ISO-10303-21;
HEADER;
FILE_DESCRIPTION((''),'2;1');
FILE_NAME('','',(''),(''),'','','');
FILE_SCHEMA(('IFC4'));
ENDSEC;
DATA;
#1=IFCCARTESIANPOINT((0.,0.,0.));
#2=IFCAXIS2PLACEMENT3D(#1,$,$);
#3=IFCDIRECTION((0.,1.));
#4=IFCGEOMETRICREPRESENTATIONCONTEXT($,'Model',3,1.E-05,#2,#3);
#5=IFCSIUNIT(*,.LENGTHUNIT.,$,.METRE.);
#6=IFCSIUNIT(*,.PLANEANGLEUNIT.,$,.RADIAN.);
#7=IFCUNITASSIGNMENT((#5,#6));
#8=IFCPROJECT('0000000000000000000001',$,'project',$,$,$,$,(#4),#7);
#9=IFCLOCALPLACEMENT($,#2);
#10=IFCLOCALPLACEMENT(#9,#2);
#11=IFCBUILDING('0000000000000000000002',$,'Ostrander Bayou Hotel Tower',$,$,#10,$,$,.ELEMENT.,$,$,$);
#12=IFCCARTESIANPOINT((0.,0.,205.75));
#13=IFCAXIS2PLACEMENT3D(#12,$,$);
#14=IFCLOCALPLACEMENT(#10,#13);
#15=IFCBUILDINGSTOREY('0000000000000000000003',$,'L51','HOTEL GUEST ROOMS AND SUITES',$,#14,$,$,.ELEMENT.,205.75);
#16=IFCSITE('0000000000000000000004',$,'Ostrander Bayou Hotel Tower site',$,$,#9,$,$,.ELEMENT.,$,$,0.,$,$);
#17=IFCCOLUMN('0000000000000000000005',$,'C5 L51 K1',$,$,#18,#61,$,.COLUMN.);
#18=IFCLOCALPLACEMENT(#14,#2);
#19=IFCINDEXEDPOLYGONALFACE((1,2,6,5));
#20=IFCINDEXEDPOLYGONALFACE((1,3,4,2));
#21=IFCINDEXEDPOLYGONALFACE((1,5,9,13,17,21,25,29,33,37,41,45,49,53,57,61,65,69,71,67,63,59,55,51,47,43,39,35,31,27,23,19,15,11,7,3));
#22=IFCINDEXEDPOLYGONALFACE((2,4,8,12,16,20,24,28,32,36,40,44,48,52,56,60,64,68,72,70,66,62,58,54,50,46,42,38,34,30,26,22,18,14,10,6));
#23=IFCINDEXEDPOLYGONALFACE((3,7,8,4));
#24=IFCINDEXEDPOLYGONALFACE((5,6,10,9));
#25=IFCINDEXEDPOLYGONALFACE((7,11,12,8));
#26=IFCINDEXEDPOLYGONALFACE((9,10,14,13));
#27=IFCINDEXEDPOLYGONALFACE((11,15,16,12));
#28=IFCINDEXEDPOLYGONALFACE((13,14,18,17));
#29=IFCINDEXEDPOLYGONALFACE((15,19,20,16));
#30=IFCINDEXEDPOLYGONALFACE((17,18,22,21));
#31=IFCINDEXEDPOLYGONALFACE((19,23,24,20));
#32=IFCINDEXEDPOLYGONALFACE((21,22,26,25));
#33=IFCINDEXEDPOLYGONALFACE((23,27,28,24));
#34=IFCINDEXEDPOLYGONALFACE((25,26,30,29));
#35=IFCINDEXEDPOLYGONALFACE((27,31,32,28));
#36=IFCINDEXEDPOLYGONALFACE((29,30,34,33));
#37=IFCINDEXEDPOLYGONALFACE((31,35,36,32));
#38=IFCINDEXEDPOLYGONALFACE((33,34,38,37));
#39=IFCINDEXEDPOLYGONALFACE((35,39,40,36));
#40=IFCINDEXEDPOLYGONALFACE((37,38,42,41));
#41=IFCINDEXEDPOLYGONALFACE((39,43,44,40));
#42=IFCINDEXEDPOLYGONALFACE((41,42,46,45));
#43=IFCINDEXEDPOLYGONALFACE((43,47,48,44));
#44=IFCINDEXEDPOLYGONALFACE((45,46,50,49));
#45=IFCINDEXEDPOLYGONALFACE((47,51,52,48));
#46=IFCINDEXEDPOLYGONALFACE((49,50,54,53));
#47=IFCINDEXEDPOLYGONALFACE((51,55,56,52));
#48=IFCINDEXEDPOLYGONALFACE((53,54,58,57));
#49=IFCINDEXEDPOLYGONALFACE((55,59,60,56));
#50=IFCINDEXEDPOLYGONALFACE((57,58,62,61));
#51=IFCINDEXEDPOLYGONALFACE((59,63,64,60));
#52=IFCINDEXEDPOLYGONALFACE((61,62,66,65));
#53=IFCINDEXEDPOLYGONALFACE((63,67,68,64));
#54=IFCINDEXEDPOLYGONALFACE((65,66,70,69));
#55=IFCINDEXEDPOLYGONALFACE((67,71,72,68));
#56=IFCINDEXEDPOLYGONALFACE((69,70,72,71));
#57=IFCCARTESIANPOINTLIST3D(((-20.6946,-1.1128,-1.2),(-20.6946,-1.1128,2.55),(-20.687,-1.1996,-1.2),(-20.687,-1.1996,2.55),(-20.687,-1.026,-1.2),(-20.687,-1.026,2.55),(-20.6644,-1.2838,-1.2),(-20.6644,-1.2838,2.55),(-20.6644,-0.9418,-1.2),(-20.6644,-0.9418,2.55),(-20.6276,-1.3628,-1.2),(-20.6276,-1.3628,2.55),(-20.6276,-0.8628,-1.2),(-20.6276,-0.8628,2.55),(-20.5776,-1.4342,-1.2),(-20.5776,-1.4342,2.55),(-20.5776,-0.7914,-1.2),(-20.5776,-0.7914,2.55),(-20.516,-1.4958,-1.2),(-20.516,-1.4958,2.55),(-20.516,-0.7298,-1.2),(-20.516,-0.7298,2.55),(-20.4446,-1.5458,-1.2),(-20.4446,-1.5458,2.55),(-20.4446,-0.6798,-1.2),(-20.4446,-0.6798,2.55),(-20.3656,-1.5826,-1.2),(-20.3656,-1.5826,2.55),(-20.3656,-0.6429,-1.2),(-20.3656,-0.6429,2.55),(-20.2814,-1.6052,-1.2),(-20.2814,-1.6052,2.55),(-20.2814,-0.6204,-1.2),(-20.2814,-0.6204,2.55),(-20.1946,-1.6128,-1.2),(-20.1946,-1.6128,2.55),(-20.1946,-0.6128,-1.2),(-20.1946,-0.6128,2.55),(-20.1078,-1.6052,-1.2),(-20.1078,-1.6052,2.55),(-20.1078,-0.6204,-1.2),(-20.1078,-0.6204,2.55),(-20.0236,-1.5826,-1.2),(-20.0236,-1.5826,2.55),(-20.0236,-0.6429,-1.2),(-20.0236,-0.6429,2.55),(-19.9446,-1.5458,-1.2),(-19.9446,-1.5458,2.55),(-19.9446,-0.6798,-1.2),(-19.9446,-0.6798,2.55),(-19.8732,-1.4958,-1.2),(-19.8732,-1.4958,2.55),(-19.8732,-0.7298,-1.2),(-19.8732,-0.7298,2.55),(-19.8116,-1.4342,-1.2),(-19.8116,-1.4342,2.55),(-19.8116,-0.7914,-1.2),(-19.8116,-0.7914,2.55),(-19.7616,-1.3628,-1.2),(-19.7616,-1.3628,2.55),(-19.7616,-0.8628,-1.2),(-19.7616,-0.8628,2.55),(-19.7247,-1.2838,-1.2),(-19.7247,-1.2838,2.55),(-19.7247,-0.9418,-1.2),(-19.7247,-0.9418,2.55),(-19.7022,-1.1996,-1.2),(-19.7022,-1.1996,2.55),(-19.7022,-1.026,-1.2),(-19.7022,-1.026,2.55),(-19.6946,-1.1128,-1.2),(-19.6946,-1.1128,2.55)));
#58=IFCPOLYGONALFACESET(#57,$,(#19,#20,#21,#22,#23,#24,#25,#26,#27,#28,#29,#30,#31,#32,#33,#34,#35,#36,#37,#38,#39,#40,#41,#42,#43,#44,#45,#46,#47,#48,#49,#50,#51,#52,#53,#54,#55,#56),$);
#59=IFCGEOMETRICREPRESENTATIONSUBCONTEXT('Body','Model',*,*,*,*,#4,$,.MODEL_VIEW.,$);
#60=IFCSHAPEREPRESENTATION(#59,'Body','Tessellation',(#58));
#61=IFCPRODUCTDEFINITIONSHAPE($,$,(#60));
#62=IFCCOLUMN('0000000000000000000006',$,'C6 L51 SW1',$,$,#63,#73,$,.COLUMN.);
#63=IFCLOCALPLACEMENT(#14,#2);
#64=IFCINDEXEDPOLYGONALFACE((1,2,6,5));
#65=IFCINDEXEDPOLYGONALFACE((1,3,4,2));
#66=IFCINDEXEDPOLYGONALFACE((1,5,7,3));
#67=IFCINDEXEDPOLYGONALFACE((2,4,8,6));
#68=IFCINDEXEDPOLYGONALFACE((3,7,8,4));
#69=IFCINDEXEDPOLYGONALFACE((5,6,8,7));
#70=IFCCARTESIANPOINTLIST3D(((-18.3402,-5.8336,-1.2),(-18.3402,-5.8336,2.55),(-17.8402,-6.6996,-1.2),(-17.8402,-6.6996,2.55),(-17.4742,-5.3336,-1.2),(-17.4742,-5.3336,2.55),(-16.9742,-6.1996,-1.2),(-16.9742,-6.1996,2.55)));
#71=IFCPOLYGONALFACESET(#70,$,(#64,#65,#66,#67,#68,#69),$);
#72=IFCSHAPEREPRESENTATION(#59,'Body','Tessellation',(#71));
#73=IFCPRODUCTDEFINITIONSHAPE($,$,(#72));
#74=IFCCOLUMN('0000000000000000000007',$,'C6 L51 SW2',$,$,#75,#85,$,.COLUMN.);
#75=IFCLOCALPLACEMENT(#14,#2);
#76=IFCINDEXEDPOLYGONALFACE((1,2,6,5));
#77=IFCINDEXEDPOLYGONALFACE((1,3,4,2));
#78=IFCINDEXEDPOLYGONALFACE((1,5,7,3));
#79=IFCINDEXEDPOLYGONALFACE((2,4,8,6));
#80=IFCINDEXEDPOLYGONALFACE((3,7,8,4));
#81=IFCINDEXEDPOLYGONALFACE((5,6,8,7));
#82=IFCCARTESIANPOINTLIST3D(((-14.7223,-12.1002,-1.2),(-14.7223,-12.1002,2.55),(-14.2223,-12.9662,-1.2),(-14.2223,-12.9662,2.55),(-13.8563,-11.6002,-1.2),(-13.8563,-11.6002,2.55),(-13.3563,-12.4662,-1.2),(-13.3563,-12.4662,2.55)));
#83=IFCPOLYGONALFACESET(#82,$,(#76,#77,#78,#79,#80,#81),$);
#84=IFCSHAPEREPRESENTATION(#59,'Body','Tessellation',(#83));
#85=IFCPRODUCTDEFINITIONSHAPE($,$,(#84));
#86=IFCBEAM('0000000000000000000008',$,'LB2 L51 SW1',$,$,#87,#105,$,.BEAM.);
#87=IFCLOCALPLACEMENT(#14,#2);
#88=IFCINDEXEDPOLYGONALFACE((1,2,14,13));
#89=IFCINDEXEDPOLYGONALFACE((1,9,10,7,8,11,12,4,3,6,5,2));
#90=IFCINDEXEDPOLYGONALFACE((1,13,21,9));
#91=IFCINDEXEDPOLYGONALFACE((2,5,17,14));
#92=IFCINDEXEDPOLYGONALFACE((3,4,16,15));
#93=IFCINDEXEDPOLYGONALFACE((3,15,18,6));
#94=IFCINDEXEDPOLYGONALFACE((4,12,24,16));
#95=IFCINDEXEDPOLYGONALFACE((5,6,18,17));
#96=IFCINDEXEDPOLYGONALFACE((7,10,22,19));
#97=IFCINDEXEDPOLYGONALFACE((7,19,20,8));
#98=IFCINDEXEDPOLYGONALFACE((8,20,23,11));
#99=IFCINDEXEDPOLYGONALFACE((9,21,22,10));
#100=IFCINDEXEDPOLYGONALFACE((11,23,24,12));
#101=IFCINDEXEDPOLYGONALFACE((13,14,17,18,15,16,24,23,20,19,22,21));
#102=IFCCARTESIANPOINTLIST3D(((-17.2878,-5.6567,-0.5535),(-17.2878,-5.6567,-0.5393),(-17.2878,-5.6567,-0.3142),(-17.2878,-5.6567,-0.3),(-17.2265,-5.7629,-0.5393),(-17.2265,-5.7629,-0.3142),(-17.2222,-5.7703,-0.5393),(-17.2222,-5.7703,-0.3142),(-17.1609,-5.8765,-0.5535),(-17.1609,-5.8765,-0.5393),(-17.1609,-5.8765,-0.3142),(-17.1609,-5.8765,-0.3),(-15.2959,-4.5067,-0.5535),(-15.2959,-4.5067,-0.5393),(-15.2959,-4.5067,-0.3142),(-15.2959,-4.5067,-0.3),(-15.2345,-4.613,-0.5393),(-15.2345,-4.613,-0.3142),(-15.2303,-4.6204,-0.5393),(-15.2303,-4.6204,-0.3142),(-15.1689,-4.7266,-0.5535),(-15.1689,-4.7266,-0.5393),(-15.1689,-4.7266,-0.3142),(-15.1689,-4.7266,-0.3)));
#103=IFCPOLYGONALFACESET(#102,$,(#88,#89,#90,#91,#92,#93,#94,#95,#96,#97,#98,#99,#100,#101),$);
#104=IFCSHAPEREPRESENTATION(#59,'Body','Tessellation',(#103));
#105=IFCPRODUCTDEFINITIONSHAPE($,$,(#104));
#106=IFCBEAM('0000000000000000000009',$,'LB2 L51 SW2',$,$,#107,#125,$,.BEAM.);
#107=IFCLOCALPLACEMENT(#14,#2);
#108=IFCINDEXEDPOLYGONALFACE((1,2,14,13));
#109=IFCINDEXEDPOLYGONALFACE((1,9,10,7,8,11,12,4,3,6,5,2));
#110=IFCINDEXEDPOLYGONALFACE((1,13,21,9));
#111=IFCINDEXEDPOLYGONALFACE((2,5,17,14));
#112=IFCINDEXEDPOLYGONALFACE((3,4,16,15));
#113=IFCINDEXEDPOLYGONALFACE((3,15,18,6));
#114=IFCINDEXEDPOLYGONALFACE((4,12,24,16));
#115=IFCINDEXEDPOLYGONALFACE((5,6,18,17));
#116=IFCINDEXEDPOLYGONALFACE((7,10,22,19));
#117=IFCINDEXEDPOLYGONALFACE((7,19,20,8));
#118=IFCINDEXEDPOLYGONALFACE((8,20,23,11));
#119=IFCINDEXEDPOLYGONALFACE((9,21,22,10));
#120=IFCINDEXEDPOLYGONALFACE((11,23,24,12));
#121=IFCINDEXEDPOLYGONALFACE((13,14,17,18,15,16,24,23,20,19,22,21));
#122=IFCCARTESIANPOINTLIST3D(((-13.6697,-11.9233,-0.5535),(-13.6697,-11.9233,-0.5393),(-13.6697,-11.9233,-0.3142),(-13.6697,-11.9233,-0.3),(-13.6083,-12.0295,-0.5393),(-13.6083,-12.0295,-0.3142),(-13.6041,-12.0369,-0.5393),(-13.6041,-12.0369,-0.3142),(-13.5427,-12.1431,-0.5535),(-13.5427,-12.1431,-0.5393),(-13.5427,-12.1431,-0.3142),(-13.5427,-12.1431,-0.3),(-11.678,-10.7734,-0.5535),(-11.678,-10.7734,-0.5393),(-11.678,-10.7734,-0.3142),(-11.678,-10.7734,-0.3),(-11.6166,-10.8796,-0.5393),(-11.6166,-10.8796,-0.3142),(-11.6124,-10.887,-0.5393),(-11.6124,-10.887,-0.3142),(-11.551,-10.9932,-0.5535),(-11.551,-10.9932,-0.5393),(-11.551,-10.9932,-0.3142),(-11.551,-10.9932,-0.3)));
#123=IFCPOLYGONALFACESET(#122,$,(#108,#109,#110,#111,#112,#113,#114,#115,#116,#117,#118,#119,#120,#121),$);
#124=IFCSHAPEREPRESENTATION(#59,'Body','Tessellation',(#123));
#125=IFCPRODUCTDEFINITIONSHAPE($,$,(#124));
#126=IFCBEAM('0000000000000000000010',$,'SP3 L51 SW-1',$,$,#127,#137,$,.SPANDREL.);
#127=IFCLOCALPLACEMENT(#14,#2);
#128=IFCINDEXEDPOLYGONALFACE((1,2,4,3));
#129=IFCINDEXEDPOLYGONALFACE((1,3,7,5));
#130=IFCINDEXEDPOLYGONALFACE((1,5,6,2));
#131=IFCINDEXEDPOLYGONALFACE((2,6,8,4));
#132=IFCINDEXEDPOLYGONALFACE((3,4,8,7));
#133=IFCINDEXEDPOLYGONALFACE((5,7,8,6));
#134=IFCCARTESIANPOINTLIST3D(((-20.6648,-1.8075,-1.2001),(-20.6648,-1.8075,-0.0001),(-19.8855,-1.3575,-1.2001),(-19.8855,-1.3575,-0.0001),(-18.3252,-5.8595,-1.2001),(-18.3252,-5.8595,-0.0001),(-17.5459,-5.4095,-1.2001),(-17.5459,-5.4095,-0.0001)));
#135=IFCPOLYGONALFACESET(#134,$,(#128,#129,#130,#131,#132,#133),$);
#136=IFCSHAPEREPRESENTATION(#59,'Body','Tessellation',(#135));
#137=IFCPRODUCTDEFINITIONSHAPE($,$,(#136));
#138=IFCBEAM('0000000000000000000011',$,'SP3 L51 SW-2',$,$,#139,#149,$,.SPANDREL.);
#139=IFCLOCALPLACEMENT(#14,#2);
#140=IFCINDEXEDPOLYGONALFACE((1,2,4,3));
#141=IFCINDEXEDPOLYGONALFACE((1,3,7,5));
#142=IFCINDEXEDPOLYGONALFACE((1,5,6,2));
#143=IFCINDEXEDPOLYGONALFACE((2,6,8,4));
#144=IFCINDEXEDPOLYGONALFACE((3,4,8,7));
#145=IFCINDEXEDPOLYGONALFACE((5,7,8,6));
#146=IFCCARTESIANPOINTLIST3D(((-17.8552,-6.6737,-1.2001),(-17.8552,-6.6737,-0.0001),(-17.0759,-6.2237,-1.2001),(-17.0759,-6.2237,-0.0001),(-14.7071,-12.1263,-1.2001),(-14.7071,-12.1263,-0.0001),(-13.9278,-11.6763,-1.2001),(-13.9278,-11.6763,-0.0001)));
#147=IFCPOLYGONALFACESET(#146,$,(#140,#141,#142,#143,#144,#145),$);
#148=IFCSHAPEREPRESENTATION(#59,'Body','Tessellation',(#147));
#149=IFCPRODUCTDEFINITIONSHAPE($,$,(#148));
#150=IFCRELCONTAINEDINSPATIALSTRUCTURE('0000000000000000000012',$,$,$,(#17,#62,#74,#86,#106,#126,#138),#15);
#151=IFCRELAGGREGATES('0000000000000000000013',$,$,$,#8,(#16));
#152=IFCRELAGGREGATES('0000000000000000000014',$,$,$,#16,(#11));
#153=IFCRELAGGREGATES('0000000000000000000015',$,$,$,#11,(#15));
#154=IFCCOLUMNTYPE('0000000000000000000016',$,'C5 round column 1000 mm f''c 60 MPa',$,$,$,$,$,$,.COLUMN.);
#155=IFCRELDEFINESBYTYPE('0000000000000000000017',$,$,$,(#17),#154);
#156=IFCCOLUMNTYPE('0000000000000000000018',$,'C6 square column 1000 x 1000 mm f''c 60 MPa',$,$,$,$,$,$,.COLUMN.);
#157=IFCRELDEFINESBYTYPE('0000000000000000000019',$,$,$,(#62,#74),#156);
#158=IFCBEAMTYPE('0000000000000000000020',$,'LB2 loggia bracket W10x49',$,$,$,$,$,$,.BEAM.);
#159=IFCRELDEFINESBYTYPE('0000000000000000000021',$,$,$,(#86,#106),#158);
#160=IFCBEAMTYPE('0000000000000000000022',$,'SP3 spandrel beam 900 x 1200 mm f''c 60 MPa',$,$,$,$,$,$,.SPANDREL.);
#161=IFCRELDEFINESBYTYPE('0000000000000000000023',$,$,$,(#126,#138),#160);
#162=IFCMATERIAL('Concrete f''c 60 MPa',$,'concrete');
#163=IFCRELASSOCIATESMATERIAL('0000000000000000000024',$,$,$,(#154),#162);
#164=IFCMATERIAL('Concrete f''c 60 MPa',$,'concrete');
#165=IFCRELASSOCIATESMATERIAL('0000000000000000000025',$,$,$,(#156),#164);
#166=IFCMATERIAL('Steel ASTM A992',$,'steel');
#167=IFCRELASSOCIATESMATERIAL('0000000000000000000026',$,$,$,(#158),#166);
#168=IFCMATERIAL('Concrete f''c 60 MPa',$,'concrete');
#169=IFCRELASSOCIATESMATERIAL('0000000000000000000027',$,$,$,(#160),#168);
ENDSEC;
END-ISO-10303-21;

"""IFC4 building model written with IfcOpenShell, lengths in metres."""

from ifc_helpers import new_model, si_unit, direction, frame, origin, origin_2d, place, context, subcontext, project, spatial, rectangle, circle, i_section, extrude, material, material_profile, profile_set, type_object, element, save


model = new_model("IFC4")

# Units and contexts
model_context = context("Model", 3, precision=1e-05, world=origin(), true_north=direction((0.0, 1.0)))
body_context = subcontext(model_context, "Body", "Model", "MODEL_VIEW")
ifc_project = project(units=[si_unit("LENGTHUNIT", "METRE"), si_unit("PLANEANGLEUNIT", "RADIAN")], contexts=[model_context])

# Site, building, storey
site_placement = place(None, origin())
site = spatial("IfcSite", under=ifc_project, at=site_placement, Name="Ostrander Bayou Hotel Tower site", CompositionType="ELEMENT", RefElevation=0.0)
building_placement = place(site_placement, origin())
building = spatial("IfcBuilding", under=site, at=building_placement, Name="Ostrander Bayou Hotel Tower", CompositionType="ELEMENT")
storey_placement = place(building_placement, frame((0.0, 0.0, 205.75)))
storey = spatial("IfcBuildingStorey", under=building, at=storey_placement, Name="L51", Description="HOTEL GUEST ROOMS AND SUITES", CompositionType="ELEMENT", Elevation=205.75)

# Columns
ifc_material_1 = material(Name="Concrete f'c 60 MPa", Category="concrete")
ifc_material_profile_1 = material_profile(ifc_material_1, circle(Radius=0.5, at=origin_2d()))
ifc_profile_set_1 = profile_set([ifc_material_profile_1], Name="Concrete f'c 60 MPa")
column_type_1 = type_object("IfcColumnType", Name="C5 round column 1000 mm f'c 60 MPa", PredefinedType="COLUMN", material=ifc_profile_set_1)
column_placement = place(storey_placement, frame((-20.1946, -1.1128, -1.2), z_axis=(0.0, 0.0, 1.0), x_axis=(1.0, 0.0, 0.0)))
element("IfcColumn", 1, at=column_placement, inside=storey, type_object=column_type_1, Name="C5 L51 K1", PredefinedType="COLUMN", context=body_context, shape_type="SweptSolid", body=[
    extrude(circle(Radius=0.5, at=origin_2d()), origin(), (0.0, 0.0, 1.0), 3.75),
])
ifc_material_2 = material(Name="Concrete f'c 60 MPa", Category="concrete")
ifc_material_profile_2 = material_profile(ifc_material_2, rectangle(XDim=1.0, YDim=1.0, at=origin_2d()))
ifc_profile_set_2 = profile_set([ifc_material_profile_2], Name="Concrete f'c 60 MPa")
column_type_2 = type_object("IfcColumnType", Name="C6 square column 1000 x 1000 mm f'c 60 MPa", PredefinedType="COLUMN", material=ifc_profile_set_2)
for number, where, z_axis, x_axis, name in (
    (2, (-17.6572, -6.0166, -1.2), (0.0, 0.0, 1.0), (-0.5, 0.866025, 0.0), "C6 L51 SW1"),
    (3, (-14.0393, -12.2832, -1.2), (0.0, 0.0, 1.0), (-0.5, 0.866025, 0.0), "C6 L51 SW2"),
):
    element("IfcColumn", number, at=place(storey_placement, frame(where, z_axis=z_axis, x_axis=x_axis)), inside=storey, type_object=column_type_2, Name=name, PredefinedType="COLUMN", context=body_context, shape_type="SweptSolid", body=[
        extrude(rectangle(XDim=1.0, YDim=1.0, at=origin_2d()), origin(), (0.0, 0.0, 1.0), 3.75),
    ])

# Beams
ifc_material_3 = material(Name="Steel ASTM A992", Category="steel")
ifc_material_profile_3 = material_profile(ifc_material_3, i_section(OverallWidth=0.2539, OverallDepth=0.2534, WebThickness=0.0085, FlangeThickness=0.0142, at=origin_2d()))
ifc_profile_set_3 = profile_set([ifc_material_profile_3], Name="Steel ASTM A992")
beam_type_1 = type_object("IfcBeamType", Name="LB2 loggia bracket W10x49", PredefinedType="BEAM", material=ifc_profile_set_3)
beam_1_placement = place(storey_placement, frame((-17.2244, -5.7666, -0.4268), z_axis=(0.866053, 0.499952, 0.0), x_axis=(-0.499952, 0.866053, 0.0)))
element("IfcBeam", 4, at=beam_1_placement, inside=storey, type_object=beam_type_1, Name="LB2 L51 SW1", PredefinedType="BEAM", context=body_context, shape_type="SweptSolid", body=[
    extrude(i_section(OverallWidth=0.2539, OverallDepth=0.2534, WebThickness=0.0085, FlangeThickness=0.0142, at=origin_2d()), origin(), (0.0, 0.0, 1.0), 2.3),
])
beam_2_placement = place(storey_placement, frame((-13.6062, -12.0332, -0.4268), z_axis=(0.866026, 0.499998, 0.0), x_axis=(-0.499998, 0.866026, 0.0)))
element("IfcBeam", 5, at=beam_2_placement, inside=storey, type_object=beam_type_1, Name="LB2 L51 SW2", PredefinedType="BEAM", context=body_context, shape_type="SweptSolid", body=[
    extrude(i_section(OverallWidth=0.2539, OverallDepth=0.2534, WebThickness=0.0085, FlangeThickness=0.0142, at=origin_2d()), origin(), (0.0, 0.0, 1.0), 2.2998),
])
ifc_material_4 = material(Name="Concrete f'c 60 MPa", Category="concrete")
ifc_material_profile_4 = material_profile(ifc_material_4, rectangle(XDim=0.8999, YDim=1.2, at=origin_2d()))
ifc_profile_set_4 = profile_set([ifc_material_profile_4], Name="Concrete f'c 60 MPa")
beam_type_2 = type_object("IfcBeamType", Name="SP3 spandrel beam 900 x 1200 mm f'c 60 MPa", PredefinedType="SPANDREL", material=ifc_profile_set_4)
beam_3_placement = place(storey_placement, frame((-20.2751, -1.5825, -0.6001), z_axis=(0.500028, -0.866009, 0.0), x_axis=(0.866009, 0.500028, 0.0)))
element("IfcBeam", 6, at=beam_3_placement, inside=storey, type_object=beam_type_2, Name="SP3 L51 SW-1", PredefinedType="SPANDREL", context=body_context, shape_type="SweptSolid", body=[
    extrude(rectangle(XDim=0.8999, YDim=1.2, at=origin_2d()), origin(), (0.0, 0.0, 1.0), 4.679),
])
beam_4_placement = place(storey_placement, frame((-17.4656, -6.4487, -0.6001), z_axis=(0.500013, -0.866018, 0.0), x_axis=(0.866018, 0.500013, 0.0)))
element("IfcBeam", 7, at=beam_4_placement, inside=storey, type_object=beam_type_2, Name="SP3 L51 SW-2", PredefinedType="SPANDREL", context=body_context, shape_type="SweptSolid", body=[
    extrude(rectangle(XDim=0.8999, YDim=1.2, at=origin_2d()), origin(), (0.0, 0.0, 1.0), 6.2961),
])

save(model, "model.ifc")
